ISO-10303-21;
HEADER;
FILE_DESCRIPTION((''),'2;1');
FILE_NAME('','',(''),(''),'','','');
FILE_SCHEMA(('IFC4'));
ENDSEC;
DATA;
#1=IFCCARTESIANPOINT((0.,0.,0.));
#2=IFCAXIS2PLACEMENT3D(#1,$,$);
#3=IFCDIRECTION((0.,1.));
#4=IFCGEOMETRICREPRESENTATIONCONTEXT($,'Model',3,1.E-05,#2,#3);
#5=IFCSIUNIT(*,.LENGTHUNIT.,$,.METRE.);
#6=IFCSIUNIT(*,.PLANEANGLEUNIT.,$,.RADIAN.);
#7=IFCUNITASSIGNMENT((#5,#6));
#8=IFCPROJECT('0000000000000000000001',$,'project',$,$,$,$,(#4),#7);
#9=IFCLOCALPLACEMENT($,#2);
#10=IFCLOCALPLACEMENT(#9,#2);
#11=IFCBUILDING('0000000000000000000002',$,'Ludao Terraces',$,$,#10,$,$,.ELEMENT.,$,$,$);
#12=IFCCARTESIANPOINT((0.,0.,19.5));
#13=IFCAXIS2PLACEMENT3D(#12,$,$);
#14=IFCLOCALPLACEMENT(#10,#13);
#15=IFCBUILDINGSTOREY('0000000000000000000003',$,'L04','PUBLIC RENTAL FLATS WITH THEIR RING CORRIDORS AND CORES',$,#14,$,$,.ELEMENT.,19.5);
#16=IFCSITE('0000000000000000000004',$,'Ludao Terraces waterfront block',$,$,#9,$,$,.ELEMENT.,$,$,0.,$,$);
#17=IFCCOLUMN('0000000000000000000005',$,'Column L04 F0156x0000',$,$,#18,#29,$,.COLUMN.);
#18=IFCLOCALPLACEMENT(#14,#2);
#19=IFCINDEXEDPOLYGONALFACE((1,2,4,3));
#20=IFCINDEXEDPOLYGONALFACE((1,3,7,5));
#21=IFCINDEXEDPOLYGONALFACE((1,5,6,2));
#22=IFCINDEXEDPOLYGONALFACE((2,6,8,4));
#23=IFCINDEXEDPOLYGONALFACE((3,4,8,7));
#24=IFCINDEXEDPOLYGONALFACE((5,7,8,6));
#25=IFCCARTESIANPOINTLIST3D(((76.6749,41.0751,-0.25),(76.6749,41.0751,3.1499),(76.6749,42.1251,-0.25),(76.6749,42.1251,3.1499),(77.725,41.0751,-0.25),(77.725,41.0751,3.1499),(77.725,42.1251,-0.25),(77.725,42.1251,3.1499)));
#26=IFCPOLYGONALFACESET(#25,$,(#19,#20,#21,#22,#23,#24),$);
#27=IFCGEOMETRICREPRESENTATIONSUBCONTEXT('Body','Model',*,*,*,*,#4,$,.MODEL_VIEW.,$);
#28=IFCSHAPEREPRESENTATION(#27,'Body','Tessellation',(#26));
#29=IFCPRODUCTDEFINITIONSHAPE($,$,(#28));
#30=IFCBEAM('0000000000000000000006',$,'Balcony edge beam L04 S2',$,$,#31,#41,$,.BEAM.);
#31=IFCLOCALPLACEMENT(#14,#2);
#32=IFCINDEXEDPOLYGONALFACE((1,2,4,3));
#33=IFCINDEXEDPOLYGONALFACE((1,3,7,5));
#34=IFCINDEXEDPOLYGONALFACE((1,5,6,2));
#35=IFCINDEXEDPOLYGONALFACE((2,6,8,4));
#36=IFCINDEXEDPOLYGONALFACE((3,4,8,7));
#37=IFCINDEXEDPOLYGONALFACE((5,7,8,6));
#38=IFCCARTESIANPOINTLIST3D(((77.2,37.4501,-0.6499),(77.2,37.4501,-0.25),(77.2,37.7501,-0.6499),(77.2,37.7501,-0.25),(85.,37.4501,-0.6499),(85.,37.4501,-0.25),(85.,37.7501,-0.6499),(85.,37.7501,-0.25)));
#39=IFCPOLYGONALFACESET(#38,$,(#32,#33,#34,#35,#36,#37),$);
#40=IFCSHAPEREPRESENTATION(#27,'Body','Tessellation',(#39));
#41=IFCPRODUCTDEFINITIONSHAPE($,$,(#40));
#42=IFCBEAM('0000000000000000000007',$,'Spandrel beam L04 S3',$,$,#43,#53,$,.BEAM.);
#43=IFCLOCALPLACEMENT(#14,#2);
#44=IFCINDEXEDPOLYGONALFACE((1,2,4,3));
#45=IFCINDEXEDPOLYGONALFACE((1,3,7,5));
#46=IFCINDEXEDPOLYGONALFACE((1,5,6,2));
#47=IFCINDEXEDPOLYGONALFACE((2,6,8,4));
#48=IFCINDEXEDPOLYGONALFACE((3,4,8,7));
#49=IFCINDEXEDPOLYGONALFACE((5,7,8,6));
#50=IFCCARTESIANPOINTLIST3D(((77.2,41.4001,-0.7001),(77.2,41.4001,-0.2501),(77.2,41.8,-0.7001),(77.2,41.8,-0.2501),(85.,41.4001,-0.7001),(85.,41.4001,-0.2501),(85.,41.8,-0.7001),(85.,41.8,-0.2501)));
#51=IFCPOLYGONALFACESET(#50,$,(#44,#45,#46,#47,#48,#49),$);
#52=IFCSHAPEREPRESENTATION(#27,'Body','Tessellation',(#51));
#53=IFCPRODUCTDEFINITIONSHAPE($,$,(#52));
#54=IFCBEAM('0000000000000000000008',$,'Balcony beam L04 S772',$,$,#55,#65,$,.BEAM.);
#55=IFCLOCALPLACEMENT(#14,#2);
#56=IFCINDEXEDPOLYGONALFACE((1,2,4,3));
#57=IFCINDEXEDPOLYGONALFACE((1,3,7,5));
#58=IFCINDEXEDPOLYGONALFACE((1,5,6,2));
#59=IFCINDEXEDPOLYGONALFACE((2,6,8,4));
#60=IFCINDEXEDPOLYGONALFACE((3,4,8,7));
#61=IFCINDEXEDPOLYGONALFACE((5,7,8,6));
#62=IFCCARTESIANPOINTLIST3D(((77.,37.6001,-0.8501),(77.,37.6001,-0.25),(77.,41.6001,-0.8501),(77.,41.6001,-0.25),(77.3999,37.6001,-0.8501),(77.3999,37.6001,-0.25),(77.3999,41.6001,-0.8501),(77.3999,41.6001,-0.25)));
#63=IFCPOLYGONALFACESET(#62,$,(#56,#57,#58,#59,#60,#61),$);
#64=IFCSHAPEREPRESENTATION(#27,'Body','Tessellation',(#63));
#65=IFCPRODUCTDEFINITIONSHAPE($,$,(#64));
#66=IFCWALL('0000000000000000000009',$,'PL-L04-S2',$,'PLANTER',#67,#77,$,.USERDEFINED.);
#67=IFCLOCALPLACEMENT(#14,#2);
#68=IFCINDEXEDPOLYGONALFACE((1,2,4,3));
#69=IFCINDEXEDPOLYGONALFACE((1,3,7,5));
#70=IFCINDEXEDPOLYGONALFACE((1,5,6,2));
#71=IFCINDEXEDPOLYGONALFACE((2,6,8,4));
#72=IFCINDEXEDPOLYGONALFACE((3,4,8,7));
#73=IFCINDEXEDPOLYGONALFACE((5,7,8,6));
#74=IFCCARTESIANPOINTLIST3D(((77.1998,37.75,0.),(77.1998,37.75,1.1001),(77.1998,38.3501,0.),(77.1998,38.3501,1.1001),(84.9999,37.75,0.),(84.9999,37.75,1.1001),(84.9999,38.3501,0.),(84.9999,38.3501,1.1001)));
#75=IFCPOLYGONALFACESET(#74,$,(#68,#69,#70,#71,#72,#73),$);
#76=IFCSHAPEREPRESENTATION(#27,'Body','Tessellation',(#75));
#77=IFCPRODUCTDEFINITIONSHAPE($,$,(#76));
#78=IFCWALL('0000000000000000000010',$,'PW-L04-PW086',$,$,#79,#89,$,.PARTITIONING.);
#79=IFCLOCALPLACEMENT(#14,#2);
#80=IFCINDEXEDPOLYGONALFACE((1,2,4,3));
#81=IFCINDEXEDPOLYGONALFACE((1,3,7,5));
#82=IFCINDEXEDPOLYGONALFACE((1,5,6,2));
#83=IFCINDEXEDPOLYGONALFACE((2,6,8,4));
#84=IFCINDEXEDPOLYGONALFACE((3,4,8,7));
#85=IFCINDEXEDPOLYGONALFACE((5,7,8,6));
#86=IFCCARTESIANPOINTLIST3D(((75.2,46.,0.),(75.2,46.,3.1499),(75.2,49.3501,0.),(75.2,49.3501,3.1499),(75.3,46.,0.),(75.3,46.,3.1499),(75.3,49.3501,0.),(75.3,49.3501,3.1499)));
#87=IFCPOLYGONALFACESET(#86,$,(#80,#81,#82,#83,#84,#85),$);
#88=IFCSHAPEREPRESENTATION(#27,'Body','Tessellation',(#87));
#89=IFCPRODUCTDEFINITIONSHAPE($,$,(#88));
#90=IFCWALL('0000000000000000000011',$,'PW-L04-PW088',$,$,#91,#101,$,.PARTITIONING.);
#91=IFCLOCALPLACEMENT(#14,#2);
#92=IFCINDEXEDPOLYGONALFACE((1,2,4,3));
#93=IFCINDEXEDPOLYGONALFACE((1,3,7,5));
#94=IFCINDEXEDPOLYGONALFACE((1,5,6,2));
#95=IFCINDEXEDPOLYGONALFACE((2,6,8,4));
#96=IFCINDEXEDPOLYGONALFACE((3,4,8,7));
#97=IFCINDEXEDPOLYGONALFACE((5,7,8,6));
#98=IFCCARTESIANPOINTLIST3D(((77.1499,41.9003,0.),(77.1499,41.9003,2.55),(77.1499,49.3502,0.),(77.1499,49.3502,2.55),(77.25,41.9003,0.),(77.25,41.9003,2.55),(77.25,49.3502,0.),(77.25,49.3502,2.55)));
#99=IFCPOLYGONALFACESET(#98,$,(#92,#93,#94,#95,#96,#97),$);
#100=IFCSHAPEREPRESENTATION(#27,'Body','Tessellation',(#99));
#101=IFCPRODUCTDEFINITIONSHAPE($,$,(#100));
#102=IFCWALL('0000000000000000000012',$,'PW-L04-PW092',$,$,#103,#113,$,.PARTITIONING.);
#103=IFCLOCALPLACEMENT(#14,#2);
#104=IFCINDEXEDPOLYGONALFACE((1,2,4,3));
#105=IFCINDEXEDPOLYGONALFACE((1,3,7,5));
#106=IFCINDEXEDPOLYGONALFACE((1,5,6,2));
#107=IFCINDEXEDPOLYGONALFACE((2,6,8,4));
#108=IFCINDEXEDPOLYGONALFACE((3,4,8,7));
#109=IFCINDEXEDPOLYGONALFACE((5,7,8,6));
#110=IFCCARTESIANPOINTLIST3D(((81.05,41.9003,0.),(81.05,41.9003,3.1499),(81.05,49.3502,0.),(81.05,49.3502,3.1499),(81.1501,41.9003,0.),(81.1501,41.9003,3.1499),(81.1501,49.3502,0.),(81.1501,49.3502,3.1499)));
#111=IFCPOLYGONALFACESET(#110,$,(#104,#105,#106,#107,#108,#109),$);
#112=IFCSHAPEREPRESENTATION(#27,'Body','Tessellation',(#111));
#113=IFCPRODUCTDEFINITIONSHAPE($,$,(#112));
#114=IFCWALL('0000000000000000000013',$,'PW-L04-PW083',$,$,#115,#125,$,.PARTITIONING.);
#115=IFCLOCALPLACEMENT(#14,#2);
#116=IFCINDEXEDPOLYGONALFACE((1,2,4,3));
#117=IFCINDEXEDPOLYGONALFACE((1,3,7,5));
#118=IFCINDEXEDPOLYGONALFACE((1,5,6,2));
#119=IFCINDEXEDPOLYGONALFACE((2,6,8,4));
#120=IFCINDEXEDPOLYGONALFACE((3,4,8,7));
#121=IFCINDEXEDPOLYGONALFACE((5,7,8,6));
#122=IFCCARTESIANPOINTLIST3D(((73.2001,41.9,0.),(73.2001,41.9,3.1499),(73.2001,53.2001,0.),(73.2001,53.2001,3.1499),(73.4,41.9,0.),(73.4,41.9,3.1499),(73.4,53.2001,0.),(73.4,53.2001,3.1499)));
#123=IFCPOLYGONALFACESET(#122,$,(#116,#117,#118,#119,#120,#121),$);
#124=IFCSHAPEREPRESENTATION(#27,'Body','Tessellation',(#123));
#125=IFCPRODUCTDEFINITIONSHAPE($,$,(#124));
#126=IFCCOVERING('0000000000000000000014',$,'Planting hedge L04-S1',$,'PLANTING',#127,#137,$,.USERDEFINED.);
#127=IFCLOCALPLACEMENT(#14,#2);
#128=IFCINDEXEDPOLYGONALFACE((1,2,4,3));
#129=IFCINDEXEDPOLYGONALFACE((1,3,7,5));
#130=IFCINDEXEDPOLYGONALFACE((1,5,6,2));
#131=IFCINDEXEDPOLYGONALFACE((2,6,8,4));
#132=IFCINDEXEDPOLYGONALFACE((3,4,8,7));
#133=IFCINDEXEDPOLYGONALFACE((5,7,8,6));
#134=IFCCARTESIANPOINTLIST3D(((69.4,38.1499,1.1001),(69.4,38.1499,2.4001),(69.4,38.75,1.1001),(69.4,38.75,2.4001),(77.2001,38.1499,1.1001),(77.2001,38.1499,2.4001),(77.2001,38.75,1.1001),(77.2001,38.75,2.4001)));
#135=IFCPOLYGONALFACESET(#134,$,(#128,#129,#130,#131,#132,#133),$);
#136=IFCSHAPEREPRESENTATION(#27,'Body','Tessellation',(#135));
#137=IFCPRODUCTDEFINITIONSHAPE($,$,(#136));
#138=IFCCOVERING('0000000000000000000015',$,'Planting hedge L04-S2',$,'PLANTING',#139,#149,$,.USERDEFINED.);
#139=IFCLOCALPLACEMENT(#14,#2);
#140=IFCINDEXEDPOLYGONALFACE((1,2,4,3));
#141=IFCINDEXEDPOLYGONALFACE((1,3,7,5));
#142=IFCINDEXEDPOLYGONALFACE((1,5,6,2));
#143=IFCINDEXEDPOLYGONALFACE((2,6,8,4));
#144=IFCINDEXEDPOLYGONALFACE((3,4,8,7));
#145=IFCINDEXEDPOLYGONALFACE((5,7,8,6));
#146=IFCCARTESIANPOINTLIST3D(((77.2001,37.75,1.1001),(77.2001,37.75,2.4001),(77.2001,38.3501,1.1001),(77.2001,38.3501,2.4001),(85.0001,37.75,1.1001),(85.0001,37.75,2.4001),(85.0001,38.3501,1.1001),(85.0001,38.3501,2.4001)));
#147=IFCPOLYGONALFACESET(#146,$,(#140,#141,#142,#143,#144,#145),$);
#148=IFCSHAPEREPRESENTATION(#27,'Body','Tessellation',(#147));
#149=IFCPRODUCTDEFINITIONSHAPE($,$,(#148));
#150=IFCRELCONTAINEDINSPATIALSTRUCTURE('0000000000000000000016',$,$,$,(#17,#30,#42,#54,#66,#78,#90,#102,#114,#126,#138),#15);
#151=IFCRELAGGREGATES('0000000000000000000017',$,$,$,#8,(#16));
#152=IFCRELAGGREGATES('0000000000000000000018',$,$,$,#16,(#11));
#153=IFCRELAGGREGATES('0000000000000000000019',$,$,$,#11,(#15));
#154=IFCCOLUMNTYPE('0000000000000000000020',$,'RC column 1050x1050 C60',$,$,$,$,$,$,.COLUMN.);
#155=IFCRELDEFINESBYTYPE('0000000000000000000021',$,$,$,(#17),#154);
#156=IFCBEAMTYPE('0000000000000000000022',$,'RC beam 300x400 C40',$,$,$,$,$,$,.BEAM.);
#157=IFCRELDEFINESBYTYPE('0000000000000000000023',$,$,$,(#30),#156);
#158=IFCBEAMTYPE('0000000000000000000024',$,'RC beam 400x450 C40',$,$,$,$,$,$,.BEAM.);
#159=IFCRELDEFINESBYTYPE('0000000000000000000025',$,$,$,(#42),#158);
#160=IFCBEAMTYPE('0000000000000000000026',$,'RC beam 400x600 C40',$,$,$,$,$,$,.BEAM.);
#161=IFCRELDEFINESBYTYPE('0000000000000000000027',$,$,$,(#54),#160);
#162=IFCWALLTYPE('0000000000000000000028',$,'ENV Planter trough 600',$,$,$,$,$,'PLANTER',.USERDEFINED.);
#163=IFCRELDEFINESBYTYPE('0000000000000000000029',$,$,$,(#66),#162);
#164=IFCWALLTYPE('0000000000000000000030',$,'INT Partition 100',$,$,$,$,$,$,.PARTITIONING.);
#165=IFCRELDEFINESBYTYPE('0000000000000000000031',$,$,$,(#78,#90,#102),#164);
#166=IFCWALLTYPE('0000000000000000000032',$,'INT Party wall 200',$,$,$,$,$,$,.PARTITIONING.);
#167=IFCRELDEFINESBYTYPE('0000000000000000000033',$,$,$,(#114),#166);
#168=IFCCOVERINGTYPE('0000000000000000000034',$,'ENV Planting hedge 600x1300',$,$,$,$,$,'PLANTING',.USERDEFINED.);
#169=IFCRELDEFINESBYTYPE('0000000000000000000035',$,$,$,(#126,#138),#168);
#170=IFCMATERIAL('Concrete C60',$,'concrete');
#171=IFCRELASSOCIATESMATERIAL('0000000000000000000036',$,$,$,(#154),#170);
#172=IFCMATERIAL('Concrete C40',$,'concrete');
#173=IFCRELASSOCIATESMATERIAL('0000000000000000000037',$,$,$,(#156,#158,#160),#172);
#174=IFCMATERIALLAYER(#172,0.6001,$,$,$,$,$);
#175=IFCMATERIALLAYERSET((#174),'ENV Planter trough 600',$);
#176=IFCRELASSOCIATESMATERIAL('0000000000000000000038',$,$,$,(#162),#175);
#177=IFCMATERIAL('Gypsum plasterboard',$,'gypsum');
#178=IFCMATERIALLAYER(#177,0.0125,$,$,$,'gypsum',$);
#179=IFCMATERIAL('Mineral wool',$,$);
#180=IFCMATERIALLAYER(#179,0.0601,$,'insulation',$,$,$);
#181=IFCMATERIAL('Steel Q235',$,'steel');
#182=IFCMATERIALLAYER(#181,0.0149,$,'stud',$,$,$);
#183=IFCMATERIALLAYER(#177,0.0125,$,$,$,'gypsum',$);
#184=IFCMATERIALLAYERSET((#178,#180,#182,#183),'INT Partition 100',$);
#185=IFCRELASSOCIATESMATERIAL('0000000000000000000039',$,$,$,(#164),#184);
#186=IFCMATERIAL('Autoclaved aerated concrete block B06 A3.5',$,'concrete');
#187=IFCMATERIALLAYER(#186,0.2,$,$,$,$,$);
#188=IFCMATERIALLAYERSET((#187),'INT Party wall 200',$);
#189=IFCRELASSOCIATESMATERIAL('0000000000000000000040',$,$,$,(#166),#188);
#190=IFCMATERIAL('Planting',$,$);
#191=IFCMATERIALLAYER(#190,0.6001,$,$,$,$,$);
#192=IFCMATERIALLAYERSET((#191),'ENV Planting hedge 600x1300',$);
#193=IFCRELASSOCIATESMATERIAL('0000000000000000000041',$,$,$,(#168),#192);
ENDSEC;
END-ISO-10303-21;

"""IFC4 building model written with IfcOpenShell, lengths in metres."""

from ifc_helpers import new_model, si_unit, direction, frame, frame_2d, origin, origin_2d, place, context, subcontext, project, spatial, rectangle, extrude, material, layer, layer_set, material_profile, profile_set, type_object, element, save


model = new_model("IFC4")

# Units and contexts
model_context = context("Model", 3, precision=1e-05, world=origin(), true_north=direction((0.0, 1.0)))
body_context = subcontext(model_context, "Body", "Model", "MODEL_VIEW")
ifc_project = project(units=[si_unit("LENGTHUNIT", "METRE"), si_unit("PLANEANGLEUNIT", "RADIAN")], contexts=[model_context])

# Site, building, storey
site_placement = place(None, origin())
site = spatial("IfcSite", under=ifc_project, at=site_placement, Name="Ludao Terraces waterfront block", CompositionType="ELEMENT", RefElevation=0.0)
building_placement = place(site_placement, origin())
building = spatial("IfcBuilding", under=site, at=building_placement, Name="Ludao Terraces", CompositionType="ELEMENT")
storey_placement = place(building_placement, frame((0.0, 0.0, 19.5)))
storey = spatial("IfcBuildingStorey", under=building, at=storey_placement, Name="L04", Description="PUBLIC RENTAL FLATS WITH THEIR RING CORRIDORS AND CORES", CompositionType="ELEMENT", Elevation=19.5)

# Column
ifc_material_1 = material(Name="Concrete C60", Category="concrete")
ifc_material_profile_1 = material_profile(ifc_material_1, rectangle(XDim=1.05, YDim=1.05, at=origin_2d()), Name="1050 X 1050")
ifc_profile_set_1 = profile_set([ifc_material_profile_1], Name="Concrete C60")
column_type = type_object("IfcColumnType", Name="RC column 1050x1050 C60", PredefinedType="COLUMN", material=ifc_profile_set_1)
column_placement = place(storey_placement, frame((77.2, 41.6001, -0.25), z_axis=(0.0, 0.0, 1.0), x_axis=(1.0, 0.0, 0.0)))
element("IfcColumn", 1, at=column_placement, inside=storey, type_object=column_type, Name="Column L04 F0156x0000", PredefinedType="COLUMN", context=body_context, shape_type="SweptSolid", body=[
    extrude(rectangle(XDim=1.05, YDim=1.05, at=origin_2d()), origin(), (0.0, 0.0, 1.0), 3.3999),
])

# Beams
ifc_material_2 = material(Name="Concrete C40", Category="concrete")
ifc_material_profile_2 = material_profile(ifc_material_2, rectangle(XDim=0.3, YDim=0.3999, at=origin_2d()), Name="300 X 400")
ifc_profile_set_2 = profile_set([ifc_material_profile_2], Name="Concrete C40")
beam_type_1 = type_object("IfcBeamType", Name="RC beam 300x400 C40", PredefinedType="BEAM", material=ifc_profile_set_2)
beam_1_placement = place(storey_placement, frame((77.2, 37.6001, -0.45), z_axis=(1.0, 0.0, 0.0), x_axis=(0.0, 1.0, 0.0)))
element("IfcBeam", 2, at=beam_1_placement, inside=storey, type_object=beam_type_1, Name="Balcony edge beam L04 S2", PredefinedType="BEAM", context=body_context, shape_type="SweptSolid", body=[
    extrude(rectangle(XDim=0.3, YDim=0.3999, at=origin_2d()), origin(), (0.0, 0.0, 1.0), 7.8),
])
ifc_material_profile_3 = material_profile(ifc_material_2, rectangle(XDim=0.3999, YDim=0.45, at=origin_2d()), Name="400 X 450")
ifc_profile_set_3 = profile_set([ifc_material_profile_3], Name="Concrete C40")
beam_type_2 = type_object("IfcBeamType", Name="RC beam 400x450 C40", PredefinedType="BEAM", material=ifc_profile_set_3)
beam_2_placement = place(storey_placement, frame((77.2, 41.6001, -0.4751), z_axis=(1.0, 0.0, 0.0), x_axis=(0.0, 1.0, 0.0)))
element("IfcBeam", 3, at=beam_2_placement, inside=storey, type_object=beam_type_2, Name="Spandrel beam L04 S3", PredefinedType="BEAM", context=body_context, shape_type="SweptSolid", body=[
    extrude(rectangle(XDim=0.3999, YDim=0.45, at=origin_2d()), origin(), (0.0, 0.0, 1.0), 7.8),
])
ifc_material_profile_4 = material_profile(ifc_material_2, rectangle(XDim=0.3999, YDim=0.6001, at=origin_2d()), Name="400 X 600")
ifc_profile_set_4 = profile_set([ifc_material_profile_4], Name="Concrete C40")
beam_type_3 = type_object("IfcBeamType", Name="RC beam 400x600 C40", PredefinedType="BEAM", material=ifc_profile_set_4)
beam_3_placement = place(storey_placement, frame((77.2, 41.6001, -0.55), z_axis=(0.0, -1.0, 0.0), x_axis=(1.0, 0.0, 0.0)))
element("IfcBeam", 4, at=beam_3_placement, inside=storey, type_object=beam_type_3, Name="Balcony beam L04 S772", PredefinedType="BEAM", context=body_context, shape_type="SweptSolid", body=[
    extrude(rectangle(XDim=0.3999, YDim=0.6001, at=origin_2d()), origin(), (0.0, 0.0, 1.0), 4.0),
])

# Wall
ifc_layer_1 = layer(ifc_material_2, 0.6001)
ifc_layer_set_1 = layer_set([ifc_layer_1], Name="ENV Planter trough 600")
wall_type_1 = type_object("IfcWallType", Name="ENV Planter trough 600", ElementType="PLANTER", PredefinedType="USERDEFINED", material=ifc_layer_set_1)
wall_1_placement = place(storey_placement, frame((77.2, 38.05, 0.0), z_axis=(0.0, 0.0, 1.0), x_axis=(1.0, 0.0, 0.0)))
element("IfcWall", 5, at=wall_1_placement, inside=storey, type_object=wall_type_1, Name="PL-L04-S2", ObjectType="PLANTER", PredefinedType="USERDEFINED", context=body_context, shape_type="SweptSolid", body=[
    extrude(rectangle(XDim=7.8, YDim=0.6001, at=frame_2d((3.8999, 0.0))), origin(), (0.0, 0.0, 1.0), 1.1001),
])

# Shared definitions
ifc_material_3 = material(Name="Mineral wool")

# Walls
ifc_material_4 = material(Name="Gypsum plasterboard", Category="gypsum")
ifc_layer_2 = layer(ifc_material_4, 0.0125, Category="gypsum")
ifc_layer_3 = layer(ifc_material_3, 0.0601, Name="insulation")
ifc_material_5 = material(Name="Steel Q235", Category="steel")
ifc_layer_4 = layer(ifc_material_5, 0.0149, Name="stud")
ifc_layer_5 = layer(ifc_material_4, 0.0125, Category="gypsum")
ifc_layer_set_2 = layer_set([ifc_layer_2, ifc_layer_3, ifc_layer_4, ifc_layer_5], Name="INT Partition 100")
wall_type_2 = type_object("IfcWallType", Name="INT Partition 100", PredefinedType="PARTITIONING", material=ifc_layer_set_2)
wall_2_placement = place(storey_placement, frame((75.25, 46.0, 0.0), z_axis=(0.0, 0.0, 1.0), x_axis=(0.0, 1.0, 0.0)))
element("IfcWall", 6, at=wall_2_placement, inside=storey, type_object=wall_type_2, Name="PW-L04-PW086", PredefinedType="PARTITIONING", context=body_context, shape_type="SweptSolid", body=[
    extrude(rectangle(XDim=3.3501, YDim=0.1001, at=frame_2d((1.675, 0.0))), origin(), (0.0, 0.0, 1.0), 3.1499),
])
wall_3_placement = place(storey_placement, frame((77.2, 41.9001, 0.0), z_axis=(0.0, 0.0, 1.0), x_axis=(0.0, 1.0, 0.0)))
element("IfcWall", 7, at=wall_3_placement, inside=storey, type_object=wall_type_2, Name="PW-L04-PW088", PredefinedType="PARTITIONING", context=body_context, shape_type="SweptSolid", body=[
    extrude(rectangle(XDim=7.45, YDim=0.1001, at=frame_2d((3.7251, 0.0))), origin(), (0.0, 0.0, 1.0), 2.55),
])
wall_4_placement = place(storey_placement, frame((81.1001, 41.9001, 0.0), z_axis=(0.0, 0.0, 1.0), x_axis=(0.0, 1.0, 0.0)))
element("IfcWall", 8, at=wall_4_placement, inside=storey, type_object=wall_type_2, Name="PW-L04-PW092", PredefinedType="PARTITIONING", context=body_context, shape_type="SweptSolid", body=[
    extrude(rectangle(XDim=7.45, YDim=0.1001, at=frame_2d((3.7251, 0.0))), origin(), (0.0, 0.0, 1.0), 3.1499),
])
ifc_material_6 = material(Name="Autoclaved aerated concrete block B06 A3.5", Category="concrete")
ifc_layer_6 = layer(ifc_material_6, 0.2)
ifc_layer_set_3 = layer_set([ifc_layer_6], Name="INT Party wall 200")
wall_type_3 = type_object("IfcWallType", Name="INT Party wall 200", PredefinedType="PARTITIONING", material=ifc_layer_set_3)
wall_5_placement = place(storey_placement, frame((73.3, 41.9001, 0.0), z_axis=(0.0, 0.0, 1.0), x_axis=(0.0, 1.0, 0.0)))
element("IfcWall", 9, at=wall_5_placement, inside=storey, type_object=wall_type_3, Name="PW-L04-PW083", PredefinedType="PARTITIONING", context=body_context, shape_type="SweptSolid", body=[
    extrude(rectangle(XDim=11.3, YDim=0.2, at=frame_2d((5.6499, 0.0))), origin(), (0.0, 0.0, 1.0), 3.1499),
])

# Coverings
ifc_material_7 = material(Name="Planting")
ifc_layer_7 = layer(ifc_material_7, 0.6001)
ifc_layer_set_4 = layer_set([ifc_layer_7], Name="ENV Planting hedge 600x1300")
covering_type = type_object("IfcCoveringType", Name="ENV Planting hedge 600x1300", ElementType="PLANTING", PredefinedType="USERDEFINED", material=ifc_layer_set_4)
for number, where, z_axis, x_axis, name in (
    (10, (73.3, 38.45, 1.1001), (0.0, 0.0, 1.0), (1.0, 0.0, 0.0), "Planting hedge L04-S1"),
    (11, (81.1001, 38.05, 1.1001), (0.0, 0.0, 1.0), (1.0, 0.0, 0.0), "Planting hedge L04-S2"),
):
    element("IfcCovering", number, at=place(storey_placement, frame(where, z_axis=z_axis, x_axis=x_axis)), inside=storey, type_object=covering_type, Name=name, ObjectType="PLANTING", PredefinedType="USERDEFINED", context=body_context, shape_type="SweptSolid", body=[
        extrude(rectangle(XDim=7.8, YDim=0.6001, at=origin_2d()), origin(), (0.0, 0.0, 1.0), 1.3),
    ])

save(model, "model.ifc")
